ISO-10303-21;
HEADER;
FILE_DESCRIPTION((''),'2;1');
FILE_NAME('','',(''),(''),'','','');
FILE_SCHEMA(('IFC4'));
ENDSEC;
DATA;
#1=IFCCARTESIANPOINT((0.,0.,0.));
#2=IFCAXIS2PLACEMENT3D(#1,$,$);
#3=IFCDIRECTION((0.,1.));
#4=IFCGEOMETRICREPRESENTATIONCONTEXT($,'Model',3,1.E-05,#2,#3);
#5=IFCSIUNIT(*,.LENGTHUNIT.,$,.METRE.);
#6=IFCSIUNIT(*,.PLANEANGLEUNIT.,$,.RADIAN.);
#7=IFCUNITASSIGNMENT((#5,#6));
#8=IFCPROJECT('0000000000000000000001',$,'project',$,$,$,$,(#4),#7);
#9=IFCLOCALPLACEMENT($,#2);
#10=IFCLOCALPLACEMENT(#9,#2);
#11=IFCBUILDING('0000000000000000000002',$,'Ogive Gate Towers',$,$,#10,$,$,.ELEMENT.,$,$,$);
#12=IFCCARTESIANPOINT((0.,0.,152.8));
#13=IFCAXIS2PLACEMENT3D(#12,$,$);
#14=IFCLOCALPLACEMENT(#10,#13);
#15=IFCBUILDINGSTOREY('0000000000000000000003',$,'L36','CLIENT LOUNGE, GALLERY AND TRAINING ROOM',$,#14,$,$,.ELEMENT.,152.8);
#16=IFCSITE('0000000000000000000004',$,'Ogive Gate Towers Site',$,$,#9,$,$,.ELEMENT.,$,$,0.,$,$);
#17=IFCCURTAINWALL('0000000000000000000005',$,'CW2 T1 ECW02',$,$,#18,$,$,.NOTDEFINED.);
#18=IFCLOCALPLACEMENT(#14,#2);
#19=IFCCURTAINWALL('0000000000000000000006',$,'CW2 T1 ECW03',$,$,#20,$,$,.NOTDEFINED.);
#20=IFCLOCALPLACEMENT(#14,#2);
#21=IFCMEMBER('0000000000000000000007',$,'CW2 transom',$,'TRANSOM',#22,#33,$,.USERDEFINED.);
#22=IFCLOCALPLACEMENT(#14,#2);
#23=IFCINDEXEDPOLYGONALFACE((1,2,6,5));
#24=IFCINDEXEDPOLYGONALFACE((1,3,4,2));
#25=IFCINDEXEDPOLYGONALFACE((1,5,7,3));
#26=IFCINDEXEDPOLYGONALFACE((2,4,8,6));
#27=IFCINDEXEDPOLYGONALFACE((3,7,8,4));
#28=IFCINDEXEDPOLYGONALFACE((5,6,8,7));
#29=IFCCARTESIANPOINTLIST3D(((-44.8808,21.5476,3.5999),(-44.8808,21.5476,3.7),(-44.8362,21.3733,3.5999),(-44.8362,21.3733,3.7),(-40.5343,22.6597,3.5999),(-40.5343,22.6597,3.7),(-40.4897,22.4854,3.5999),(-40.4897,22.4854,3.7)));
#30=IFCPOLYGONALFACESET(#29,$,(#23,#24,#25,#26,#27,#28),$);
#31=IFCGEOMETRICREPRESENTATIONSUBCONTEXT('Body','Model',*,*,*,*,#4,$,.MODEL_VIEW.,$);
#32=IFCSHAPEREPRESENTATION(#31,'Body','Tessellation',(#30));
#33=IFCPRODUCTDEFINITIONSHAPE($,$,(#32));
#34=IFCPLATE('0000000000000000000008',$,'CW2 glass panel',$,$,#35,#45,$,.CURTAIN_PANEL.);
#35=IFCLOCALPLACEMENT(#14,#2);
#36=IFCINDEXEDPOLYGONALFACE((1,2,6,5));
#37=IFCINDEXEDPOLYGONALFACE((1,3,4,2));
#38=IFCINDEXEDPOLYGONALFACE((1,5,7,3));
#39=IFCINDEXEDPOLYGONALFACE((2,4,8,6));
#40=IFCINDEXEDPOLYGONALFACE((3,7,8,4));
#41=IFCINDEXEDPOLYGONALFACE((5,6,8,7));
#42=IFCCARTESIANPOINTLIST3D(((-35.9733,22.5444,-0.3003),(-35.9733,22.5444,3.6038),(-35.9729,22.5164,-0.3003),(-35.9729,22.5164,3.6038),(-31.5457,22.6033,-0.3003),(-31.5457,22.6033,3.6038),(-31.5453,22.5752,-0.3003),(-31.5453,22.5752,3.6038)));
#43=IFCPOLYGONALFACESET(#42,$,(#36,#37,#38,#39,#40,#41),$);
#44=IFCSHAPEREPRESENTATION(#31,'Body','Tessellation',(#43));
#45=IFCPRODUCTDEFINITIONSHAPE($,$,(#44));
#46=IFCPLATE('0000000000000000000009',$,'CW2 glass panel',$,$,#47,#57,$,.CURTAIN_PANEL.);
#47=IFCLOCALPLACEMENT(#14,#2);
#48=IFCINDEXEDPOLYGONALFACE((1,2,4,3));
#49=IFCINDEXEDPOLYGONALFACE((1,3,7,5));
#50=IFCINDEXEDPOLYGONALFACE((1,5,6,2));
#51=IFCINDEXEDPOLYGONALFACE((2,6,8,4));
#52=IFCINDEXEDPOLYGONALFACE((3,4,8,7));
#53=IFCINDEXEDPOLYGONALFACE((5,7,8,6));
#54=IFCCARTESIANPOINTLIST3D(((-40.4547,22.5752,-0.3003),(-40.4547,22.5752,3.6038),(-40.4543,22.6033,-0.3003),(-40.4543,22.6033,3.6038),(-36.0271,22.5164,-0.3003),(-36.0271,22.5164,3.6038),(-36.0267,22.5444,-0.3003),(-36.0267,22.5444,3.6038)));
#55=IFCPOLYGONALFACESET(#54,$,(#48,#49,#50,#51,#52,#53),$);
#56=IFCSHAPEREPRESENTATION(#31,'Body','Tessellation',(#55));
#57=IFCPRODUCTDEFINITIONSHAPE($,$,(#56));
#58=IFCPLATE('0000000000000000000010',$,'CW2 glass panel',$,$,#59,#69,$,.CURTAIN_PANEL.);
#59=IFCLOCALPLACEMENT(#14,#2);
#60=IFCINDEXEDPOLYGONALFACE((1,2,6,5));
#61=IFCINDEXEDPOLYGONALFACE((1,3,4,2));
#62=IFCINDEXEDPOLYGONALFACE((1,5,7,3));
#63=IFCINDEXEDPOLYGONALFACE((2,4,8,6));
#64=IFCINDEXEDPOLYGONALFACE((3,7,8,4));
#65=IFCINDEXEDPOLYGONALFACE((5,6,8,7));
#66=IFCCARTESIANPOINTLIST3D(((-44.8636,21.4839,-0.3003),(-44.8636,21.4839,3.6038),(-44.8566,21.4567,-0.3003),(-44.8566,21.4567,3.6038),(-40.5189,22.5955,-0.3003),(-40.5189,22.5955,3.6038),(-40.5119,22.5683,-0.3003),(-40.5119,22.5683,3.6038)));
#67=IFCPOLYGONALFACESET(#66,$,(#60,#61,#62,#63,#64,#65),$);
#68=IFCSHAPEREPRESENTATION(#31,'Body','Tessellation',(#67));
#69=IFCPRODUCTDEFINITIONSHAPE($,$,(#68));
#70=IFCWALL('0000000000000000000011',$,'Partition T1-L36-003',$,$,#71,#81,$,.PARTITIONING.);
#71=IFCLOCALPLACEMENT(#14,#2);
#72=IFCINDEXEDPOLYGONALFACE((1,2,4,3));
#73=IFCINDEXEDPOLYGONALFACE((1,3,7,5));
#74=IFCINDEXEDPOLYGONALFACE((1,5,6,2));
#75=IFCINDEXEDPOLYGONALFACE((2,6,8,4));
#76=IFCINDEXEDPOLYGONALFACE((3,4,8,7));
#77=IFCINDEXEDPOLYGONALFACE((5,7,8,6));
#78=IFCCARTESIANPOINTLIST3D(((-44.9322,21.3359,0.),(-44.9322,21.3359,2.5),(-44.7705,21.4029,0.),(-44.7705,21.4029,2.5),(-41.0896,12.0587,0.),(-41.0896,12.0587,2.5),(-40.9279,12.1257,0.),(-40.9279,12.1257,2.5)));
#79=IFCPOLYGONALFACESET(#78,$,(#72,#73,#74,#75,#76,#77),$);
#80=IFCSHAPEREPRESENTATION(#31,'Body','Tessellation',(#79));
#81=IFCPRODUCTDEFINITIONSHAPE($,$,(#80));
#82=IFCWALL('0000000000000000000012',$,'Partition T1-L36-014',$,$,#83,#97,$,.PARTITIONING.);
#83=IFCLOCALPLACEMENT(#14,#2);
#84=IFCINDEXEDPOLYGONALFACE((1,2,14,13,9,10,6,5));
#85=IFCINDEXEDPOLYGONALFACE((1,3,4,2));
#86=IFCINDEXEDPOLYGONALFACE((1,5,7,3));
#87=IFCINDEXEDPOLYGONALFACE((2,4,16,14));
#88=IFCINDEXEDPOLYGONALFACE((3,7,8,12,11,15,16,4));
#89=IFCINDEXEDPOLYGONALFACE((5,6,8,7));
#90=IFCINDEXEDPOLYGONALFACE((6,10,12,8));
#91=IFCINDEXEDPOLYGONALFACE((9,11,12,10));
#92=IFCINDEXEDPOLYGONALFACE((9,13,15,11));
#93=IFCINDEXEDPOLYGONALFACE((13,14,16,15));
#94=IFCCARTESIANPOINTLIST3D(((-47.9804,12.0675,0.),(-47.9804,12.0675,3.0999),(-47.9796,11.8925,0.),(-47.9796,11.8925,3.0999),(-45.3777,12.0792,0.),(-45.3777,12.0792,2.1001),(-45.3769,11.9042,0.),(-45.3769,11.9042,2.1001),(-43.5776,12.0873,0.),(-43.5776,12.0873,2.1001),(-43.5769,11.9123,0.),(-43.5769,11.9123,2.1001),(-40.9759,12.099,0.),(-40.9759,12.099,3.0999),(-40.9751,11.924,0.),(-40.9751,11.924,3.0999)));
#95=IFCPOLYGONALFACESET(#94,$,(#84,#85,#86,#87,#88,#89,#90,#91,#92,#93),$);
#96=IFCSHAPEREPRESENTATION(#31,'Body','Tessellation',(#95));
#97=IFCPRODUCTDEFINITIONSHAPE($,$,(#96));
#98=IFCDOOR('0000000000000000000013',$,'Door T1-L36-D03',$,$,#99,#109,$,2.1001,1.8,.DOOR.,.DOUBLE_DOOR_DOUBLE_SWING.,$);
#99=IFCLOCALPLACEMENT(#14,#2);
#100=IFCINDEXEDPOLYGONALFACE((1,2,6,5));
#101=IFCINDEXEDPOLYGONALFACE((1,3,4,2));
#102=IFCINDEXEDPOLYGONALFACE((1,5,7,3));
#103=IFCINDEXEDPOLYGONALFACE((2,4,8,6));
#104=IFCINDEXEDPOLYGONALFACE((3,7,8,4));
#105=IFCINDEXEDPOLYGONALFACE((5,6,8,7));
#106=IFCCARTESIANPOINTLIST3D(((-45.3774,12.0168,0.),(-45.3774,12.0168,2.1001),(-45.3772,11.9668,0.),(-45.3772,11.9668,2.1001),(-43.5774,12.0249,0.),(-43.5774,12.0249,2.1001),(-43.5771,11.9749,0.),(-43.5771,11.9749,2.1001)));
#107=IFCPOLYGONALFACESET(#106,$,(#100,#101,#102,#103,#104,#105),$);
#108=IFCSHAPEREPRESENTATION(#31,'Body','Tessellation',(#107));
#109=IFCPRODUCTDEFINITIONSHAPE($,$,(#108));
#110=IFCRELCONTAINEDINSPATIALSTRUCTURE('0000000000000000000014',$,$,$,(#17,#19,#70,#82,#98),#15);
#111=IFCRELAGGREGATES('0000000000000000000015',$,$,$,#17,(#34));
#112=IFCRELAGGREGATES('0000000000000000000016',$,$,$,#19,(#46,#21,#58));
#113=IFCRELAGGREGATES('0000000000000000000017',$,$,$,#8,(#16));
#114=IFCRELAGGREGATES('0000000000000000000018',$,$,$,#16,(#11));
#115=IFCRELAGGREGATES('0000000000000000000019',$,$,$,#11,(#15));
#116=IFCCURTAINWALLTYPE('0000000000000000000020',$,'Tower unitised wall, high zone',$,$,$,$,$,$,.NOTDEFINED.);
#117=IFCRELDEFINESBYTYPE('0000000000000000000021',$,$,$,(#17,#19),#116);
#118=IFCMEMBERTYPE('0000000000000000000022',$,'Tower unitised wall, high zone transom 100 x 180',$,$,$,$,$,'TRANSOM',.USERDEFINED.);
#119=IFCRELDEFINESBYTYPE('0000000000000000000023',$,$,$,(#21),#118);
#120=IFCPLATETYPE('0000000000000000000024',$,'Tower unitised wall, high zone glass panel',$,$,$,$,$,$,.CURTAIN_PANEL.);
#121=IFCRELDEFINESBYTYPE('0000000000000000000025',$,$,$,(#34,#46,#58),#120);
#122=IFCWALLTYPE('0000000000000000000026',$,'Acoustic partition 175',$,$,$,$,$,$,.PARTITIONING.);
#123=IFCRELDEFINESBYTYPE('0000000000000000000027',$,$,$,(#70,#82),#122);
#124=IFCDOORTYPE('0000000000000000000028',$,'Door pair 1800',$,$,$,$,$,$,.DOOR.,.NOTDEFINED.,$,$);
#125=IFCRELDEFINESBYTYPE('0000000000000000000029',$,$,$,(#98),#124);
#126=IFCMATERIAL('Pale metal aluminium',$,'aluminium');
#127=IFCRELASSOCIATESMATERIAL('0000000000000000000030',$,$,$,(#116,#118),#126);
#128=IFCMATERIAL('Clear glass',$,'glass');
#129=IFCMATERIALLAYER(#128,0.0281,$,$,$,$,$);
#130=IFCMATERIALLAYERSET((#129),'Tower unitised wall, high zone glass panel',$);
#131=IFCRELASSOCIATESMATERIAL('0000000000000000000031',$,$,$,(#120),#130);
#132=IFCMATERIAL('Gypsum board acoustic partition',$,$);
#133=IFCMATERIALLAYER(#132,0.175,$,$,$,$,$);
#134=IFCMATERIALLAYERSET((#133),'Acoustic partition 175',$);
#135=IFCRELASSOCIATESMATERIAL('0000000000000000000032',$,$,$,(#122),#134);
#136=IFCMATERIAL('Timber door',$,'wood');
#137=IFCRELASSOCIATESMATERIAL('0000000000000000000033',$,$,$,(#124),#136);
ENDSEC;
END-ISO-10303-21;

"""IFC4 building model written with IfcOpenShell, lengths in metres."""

from ifc_helpers import new_model, si_unit, direction, frame, frame_2d, origin, origin_2d, place, context, subcontext, project, spatial, rectangle, extrude, material, layer, layer_set, material_profile, profile_set, type_object, element, fill, aggregate, save


model = new_model("IFC4")

# Units and contexts
model_context = context("Model", 3, precision=1e-05, world=origin(), true_north=direction((0.0, 1.0)))
body_context = subcontext(model_context, "Body", "Model", "MODEL_VIEW")
ifc_project = project(units=[si_unit("LENGTHUNIT", "METRE"), si_unit("PLANEANGLEUNIT", "RADIAN")], contexts=[model_context])

# Site, building, storey
site_placement = place(None, origin())
site = spatial("IfcSite", under=ifc_project, at=site_placement, Name="Ogive Gate Towers Site", CompositionType="ELEMENT", RefElevation=0.0)
building_placement = place(site_placement, origin())
building = spatial("IfcBuilding", under=site, at=building_placement, Name="Ogive Gate Towers", CompositionType="ELEMENT")
storey_placement = place(building_placement, frame((0.0, 0.0, 152.8)))
storey = spatial("IfcBuildingStorey", under=building, at=storey_placement, Name="L36", Description="CLIENT LOUNGE, GALLERY AND TRAINING ROOM", CompositionType="ELEMENT", Elevation=152.8)

# Curtain wall
ifc_material_1 = material(Name="Pale metal aluminium", Category="aluminium")
curtain_wall_type = type_object("IfcCurtainWallType", Name="Tower unitised wall, high zone", PredefinedType="NOTDEFINED", material=ifc_material_1)
curtain_wall_1_placement = place(storey_placement, origin())
curtain_wall_1 = element("IfcCurtainWall", 1, at=curtain_wall_1_placement, inside=storey, type_object=curtain_wall_type, Name="CW2 T1 ECW02", PredefinedType="NOTDEFINED")

# Curtain wall, member
curtain_wall_2_placement = place(storey_placement, origin())
curtain_wall_2 = element("IfcCurtainWall", 2, at=curtain_wall_2_placement, inside=storey, type_object=curtain_wall_type, Name="CW2 T1 ECW03", PredefinedType="NOTDEFINED")
ifc_material_profile_1 = material_profile(ifc_material_1, rectangle(XDim=0.1799, YDim=0.1001, at=origin_2d()), Name="100 x 180 aluminium box")
ifc_profile_set_1 = profile_set([ifc_material_profile_1], Name="Pale metal aluminium")
member_type_1 = type_object("IfcMemberType", Name="Tower unitised wall, high zone transom 100 x 180", ElementType="TRANSOM", PredefinedType="USERDEFINED", material=ifc_profile_set_1)
member_1_placement = place(storey_placement, frame((-40.512, 22.5725, 3.6499), z_axis=(-0.968796, -0.247858, 0.0), x_axis=(0.247858, -0.968796, 0.0)))
member_1 = element("IfcMember", 3, at=member_1_placement, type_object=member_type_1, Name="CW2 transom", ObjectType="TRANSOM", PredefinedType="USERDEFINED", context=body_context, shape_type="SweptSolid", body=[
    extrude(rectangle(XDim=0.1799, YDim=0.1001, at=origin_2d()), origin(), (0.0, 0.0, 1.0), 4.4866),
])

# Plates
ifc_material_2 = material(Name="Clear glass", Category="glass")
ifc_layer_1 = layer(ifc_material_2, 0.0281)
ifc_layer_set_1 = layer_set([ifc_layer_1], Name="Tower unitised wall, high zone glass panel")
plate_type = type_object("IfcPlateType", Name="Tower unitised wall, high zone glass panel", PredefinedType="CURTAIN_PANEL", material=ifc_layer_set_1)
plate_1_placement = place(storey_placement, frame((-33.7593, 22.5598, -0.3003), z_axis=(0.0, 0.0, 1.0), x_axis=(-0.999912, -0.013282, 0.0)))
plate_1 = element("IfcPlate", 4, at=plate_1_placement, type_object=plate_type, Name="CW2 glass panel", PredefinedType="CURTAIN_PANEL", context=body_context, shape_type="SweptSolid", body=[
    extrude(rectangle(XDim=4.428, YDim=0.0281, at=origin_2d()), origin(), (0.0, 0.0, 1.0), 3.9041),
])
aggregate(curtain_wall_1, [plate_1])
plate_2_placement = place(storey_placement, frame((-38.2407, 22.5598, -0.3003), z_axis=(0.0, 0.0, 1.0), x_axis=(-0.999912, 0.013282, 0.0)))
plate_2 = element("IfcPlate", 5, at=plate_2_placement, type_object=plate_type, Name="CW2 glass panel", PredefinedType="CURTAIN_PANEL", context=body_context, shape_type="SweptSolid", body=[
    extrude(rectangle(XDim=4.428, YDim=0.0281, at=origin_2d()), origin(), (0.0, 0.0, 1.0), 3.9041),
])
plate_3_placement = place(storey_placement, frame((-42.6877, 22.0261, -0.3003), z_axis=(0.0, 0.0, 1.0), x_axis=(-0.968795, -0.247861, 0.0)))
plate_3 = element("IfcPlate", 6, at=plate_3_placement, type_object=plate_type, Name="CW2 glass panel", PredefinedType="CURTAIN_PANEL", context=body_context, shape_type="SweptSolid", body=[
    extrude(rectangle(XDim=4.4846, YDim=0.0281, at=origin_2d()), origin(), (0.0, 0.0, 1.0), 3.9041),
])
aggregate(curtain_wall_2, [plate_2, member_1, plate_3])

# Wall
ifc_material_3 = material(Name="Gypsum board acoustic partition")
ifc_layer_2 = layer(ifc_material_3, 0.175)
ifc_layer_set_2 = layer_set([ifc_layer_2], Name="Acoustic partition 175")
wall_type = type_object("IfcWallType", Name="Acoustic partition 175", PredefinedType="PARTITIONING", material=ifc_layer_set_2)
wall_1_placement = place(storey_placement, frame((-44.8513, 21.3694, 0.0), z_axis=(0.0, 0.0, 1.0), x_axis=(0.382669, -0.923886, 0.0)))
element("IfcWall", 7, at=wall_1_placement, inside=storey, type_object=wall_type, Name="Partition T1-L36-003", PredefinedType="PARTITIONING", context=body_context, shape_type="SweptSolid", body=[
    extrude(rectangle(XDim=10.0415, YDim=0.175, at=frame_2d((5.0208, 0.0))), origin(), (0.0, 0.0, 1.0), 2.5),
])

# Wall, opening, door
wall_2_placement = place(storey_placement, frame((-40.9753, 12.0115, 0.0), z_axis=(0.0, 0.0, 1.0), x_axis=(-0.99999, -0.004496, 0.0)))
wall_2 = element("IfcWall", 8, at=wall_2_placement, inside=storey, type_object=wall_type, Name="Partition T1-L36-014", PredefinedType="PARTITIONING", context=body_context, shape_type="SweptSolid", body=[
    extrude(rectangle(XDim=7.0046, YDim=0.175, at=frame_2d((3.5024, 0.0))), origin(), (0.0, 0.0, 1.0), 3.0999),
])
opening_placement = place(wall_2_placement, frame((2.6021, 0.0, 0.0)))
opening = element("IfcOpeningElement", 9, at=opening_placement, cuts=wall_2, PredefinedType="OPENING", context=body_context, shape_type="SweptSolid", body=[
    extrude(rectangle(XDim=1.8, YDim=2.1001, at=frame_2d((0.8999, 1.05))), frame((0.0, 0.0977, 0.0), z_axis=(0.0, -1.0, 0.0), x_axis=(1.0, 0.0, 0.0)), (0.0, 0.0, 1.0), 0.1951),
])
ifc_material_4 = material(Name="Timber door", Category="wood")
door_type = type_object("IfcDoorType", Name="Door pair 1800", OperationType="NOTDEFINED", PredefinedType="DOOR", material=ifc_material_4)
door_placement = place(opening_placement, origin())
door = element("IfcDoor", 10, at=door_placement, inside=storey, type_object=door_type, Name="Door T1-L36-D03", OperationType="DOUBLE_DOOR_DOUBLE_SWING", OverallHeight=2.1001, OverallWidth=1.8, PredefinedType="DOOR", context=body_context, shape_type="SweptSolid", body=[
    extrude(rectangle(XDim=1.8, YDim=2.1001, at=frame_2d((0.8999, 1.05))), frame((0.0, 0.0249, 0.0), z_axis=(0.0, -1.0, 0.0), x_axis=(1.0, 0.0, 0.0)), (0.0, 0.0, 1.0), 0.05),
])
fill(opening, door)

save(model, "model.ifc")
